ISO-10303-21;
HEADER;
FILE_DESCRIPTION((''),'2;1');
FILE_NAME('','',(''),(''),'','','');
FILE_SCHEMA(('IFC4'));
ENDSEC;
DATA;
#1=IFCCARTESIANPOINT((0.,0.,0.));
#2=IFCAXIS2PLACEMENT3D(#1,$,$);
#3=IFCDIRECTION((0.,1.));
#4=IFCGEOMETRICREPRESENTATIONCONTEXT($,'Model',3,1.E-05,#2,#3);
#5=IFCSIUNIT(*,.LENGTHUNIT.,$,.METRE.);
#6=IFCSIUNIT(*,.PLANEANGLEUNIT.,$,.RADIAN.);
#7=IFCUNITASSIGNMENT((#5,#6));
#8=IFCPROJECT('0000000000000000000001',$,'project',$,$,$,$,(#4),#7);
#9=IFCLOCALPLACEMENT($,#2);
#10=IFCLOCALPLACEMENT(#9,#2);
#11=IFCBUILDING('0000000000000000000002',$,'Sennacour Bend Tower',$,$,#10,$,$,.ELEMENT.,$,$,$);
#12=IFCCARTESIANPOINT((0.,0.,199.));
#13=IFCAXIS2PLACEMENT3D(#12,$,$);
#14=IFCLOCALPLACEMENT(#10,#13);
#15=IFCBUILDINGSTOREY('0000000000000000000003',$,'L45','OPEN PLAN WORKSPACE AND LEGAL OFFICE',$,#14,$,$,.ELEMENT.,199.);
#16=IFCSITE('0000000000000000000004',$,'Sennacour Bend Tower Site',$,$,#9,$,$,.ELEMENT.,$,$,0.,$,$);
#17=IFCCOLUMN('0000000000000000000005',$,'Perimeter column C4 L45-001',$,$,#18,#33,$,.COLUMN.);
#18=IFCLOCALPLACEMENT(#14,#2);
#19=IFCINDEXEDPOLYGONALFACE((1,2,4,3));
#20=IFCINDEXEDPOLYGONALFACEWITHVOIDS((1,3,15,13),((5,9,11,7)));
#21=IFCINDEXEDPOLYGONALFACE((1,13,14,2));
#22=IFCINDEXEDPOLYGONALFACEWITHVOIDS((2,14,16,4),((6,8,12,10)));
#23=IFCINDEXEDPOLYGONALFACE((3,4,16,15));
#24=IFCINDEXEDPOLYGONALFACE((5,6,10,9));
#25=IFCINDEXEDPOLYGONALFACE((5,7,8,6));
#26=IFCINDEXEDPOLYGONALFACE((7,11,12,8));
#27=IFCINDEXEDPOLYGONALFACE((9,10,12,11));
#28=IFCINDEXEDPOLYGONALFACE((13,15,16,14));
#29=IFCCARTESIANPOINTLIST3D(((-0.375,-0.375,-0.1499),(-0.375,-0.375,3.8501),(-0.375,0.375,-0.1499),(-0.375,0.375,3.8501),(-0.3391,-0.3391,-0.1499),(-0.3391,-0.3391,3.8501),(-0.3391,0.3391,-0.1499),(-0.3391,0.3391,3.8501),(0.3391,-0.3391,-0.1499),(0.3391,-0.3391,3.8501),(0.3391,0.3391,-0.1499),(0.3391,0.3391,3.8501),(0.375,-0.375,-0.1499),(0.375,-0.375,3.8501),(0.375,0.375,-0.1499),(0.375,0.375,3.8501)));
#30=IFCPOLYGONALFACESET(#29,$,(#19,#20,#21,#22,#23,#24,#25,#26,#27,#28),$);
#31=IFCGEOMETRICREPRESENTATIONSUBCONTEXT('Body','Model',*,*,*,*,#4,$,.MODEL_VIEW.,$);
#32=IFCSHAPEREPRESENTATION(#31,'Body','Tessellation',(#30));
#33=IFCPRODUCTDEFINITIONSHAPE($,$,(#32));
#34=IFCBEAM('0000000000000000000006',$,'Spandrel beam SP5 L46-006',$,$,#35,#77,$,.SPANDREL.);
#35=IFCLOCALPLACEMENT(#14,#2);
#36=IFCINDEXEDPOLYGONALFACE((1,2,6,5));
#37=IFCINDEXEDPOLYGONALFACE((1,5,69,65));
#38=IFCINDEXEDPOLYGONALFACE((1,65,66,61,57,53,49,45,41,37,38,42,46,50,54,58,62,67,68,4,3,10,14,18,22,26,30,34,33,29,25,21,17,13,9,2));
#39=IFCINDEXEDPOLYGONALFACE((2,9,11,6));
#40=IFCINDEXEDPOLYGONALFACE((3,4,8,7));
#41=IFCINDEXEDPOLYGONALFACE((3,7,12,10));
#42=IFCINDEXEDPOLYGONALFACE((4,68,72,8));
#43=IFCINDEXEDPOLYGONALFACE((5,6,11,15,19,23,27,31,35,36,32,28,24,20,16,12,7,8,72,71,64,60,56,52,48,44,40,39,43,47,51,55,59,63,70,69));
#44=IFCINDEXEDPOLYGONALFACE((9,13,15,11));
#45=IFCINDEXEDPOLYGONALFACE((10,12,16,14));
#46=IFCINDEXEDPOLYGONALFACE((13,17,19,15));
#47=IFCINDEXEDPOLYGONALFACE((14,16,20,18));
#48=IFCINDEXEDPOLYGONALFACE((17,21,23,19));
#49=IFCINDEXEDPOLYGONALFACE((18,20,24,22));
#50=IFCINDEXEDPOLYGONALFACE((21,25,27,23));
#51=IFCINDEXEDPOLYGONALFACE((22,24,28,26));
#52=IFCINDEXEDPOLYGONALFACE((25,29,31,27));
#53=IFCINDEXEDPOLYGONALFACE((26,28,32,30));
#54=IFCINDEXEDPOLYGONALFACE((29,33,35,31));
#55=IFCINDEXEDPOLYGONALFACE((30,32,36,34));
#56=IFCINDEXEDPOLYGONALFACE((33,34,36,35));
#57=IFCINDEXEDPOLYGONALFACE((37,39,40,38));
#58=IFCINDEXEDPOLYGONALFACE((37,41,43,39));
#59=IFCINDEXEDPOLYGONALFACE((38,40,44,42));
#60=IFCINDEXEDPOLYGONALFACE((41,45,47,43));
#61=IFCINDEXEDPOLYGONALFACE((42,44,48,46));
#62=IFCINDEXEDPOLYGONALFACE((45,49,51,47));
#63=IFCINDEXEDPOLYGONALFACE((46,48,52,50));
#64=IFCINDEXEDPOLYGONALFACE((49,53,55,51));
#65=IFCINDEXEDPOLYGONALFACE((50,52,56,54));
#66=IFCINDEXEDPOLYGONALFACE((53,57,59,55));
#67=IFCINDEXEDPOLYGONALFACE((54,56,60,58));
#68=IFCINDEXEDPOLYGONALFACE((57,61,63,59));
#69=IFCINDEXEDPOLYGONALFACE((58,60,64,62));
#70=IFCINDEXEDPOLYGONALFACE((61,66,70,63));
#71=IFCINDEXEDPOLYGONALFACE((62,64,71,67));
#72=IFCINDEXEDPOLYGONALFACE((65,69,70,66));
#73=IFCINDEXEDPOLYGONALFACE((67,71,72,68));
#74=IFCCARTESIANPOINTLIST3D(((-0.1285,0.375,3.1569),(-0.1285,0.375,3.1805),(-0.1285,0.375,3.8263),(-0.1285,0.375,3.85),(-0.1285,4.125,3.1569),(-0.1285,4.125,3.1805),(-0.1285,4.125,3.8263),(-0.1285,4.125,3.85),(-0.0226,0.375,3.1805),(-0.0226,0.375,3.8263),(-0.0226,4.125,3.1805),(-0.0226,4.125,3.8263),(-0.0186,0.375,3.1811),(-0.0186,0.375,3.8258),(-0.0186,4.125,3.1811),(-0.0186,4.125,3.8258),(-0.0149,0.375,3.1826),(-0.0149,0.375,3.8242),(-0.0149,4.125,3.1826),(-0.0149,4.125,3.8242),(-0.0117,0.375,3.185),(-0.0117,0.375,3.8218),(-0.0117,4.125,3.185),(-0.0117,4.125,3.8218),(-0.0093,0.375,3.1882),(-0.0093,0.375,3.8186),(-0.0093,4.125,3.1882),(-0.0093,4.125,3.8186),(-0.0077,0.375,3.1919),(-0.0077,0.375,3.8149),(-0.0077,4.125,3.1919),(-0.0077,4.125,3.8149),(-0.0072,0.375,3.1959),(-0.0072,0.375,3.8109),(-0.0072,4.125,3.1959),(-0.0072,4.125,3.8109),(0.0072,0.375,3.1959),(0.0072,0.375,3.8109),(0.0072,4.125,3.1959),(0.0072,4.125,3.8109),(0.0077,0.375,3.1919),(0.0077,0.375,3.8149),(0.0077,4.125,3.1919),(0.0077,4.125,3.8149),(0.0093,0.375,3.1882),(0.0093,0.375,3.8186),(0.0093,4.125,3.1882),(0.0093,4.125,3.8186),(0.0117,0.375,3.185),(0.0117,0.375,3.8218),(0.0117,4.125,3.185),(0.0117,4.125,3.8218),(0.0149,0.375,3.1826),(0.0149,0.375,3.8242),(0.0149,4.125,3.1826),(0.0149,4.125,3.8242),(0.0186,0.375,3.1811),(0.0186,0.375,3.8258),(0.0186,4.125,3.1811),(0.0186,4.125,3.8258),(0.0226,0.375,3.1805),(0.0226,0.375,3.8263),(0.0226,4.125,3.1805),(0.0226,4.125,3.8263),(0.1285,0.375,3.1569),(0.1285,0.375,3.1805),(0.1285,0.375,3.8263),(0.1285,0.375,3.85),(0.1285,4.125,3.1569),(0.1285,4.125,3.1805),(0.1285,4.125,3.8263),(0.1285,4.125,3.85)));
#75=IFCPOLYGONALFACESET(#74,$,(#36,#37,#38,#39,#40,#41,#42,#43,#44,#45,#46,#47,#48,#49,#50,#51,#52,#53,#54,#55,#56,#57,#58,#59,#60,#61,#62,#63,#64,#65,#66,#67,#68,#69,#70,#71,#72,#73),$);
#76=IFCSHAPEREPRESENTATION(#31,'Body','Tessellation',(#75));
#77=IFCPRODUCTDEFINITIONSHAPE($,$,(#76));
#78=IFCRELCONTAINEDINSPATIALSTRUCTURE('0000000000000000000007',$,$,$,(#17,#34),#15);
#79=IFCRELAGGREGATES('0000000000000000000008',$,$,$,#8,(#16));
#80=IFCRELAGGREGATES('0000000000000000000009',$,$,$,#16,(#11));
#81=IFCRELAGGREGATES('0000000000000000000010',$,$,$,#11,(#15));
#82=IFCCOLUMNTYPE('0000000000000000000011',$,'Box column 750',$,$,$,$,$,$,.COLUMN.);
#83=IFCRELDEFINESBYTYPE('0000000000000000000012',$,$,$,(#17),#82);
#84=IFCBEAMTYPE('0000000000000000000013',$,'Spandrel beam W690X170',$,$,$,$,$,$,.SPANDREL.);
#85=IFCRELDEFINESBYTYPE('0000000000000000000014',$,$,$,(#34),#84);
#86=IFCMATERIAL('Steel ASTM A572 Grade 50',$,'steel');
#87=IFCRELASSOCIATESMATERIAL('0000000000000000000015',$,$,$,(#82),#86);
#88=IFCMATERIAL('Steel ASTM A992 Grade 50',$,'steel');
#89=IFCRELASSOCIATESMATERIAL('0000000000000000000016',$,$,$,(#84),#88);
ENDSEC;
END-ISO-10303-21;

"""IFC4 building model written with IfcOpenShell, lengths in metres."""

from ifc_helpers import new_model, si_unit, direction, frame, origin, origin_2d, place, context, subcontext, project, spatial, hollow_rectangle, i_section, extrude, material, material_profile, profile_set, type_object, element, save


model = new_model("IFC4")

# Units and contexts
model_context = context("Model", 3, precision=1e-05, world=origin(), true_north=direction((0.0, 1.0)))
body_context = subcontext(model_context, "Body", "Model", "MODEL_VIEW")
ifc_project = project(units=[si_unit("LENGTHUNIT", "METRE"), si_unit("PLANEANGLEUNIT", "RADIAN")], contexts=[model_context])

# Site, building, storey
site_placement = place(None, origin())
site = spatial("IfcSite", under=ifc_project, at=site_placement, Name="Sennacour Bend Tower Site", CompositionType="ELEMENT", RefElevation=0.0)
building_placement = place(site_placement, origin())
building = spatial("IfcBuilding", under=site, at=building_placement, Name="Sennacour Bend Tower", CompositionType="ELEMENT")
storey_placement = place(building_placement, frame((0.0, 0.0, 199.0)))
storey = spatial("IfcBuildingStorey", under=building, at=storey_placement, Name="L45", Description="OPEN PLAN WORKSPACE AND LEGAL OFFICE", CompositionType="ELEMENT", Elevation=199.0)

# Column
ifc_material_1 = material(Name="Steel ASTM A572 Grade 50", Category="steel")
ifc_material_profile_1 = material_profile(ifc_material_1, hollow_rectangle(XDim=0.75, YDim=0.75, WallThickness=0.0359, at=origin_2d()), Name="Steel ASTM A572 Grade 50", Category="steel")
ifc_profile_set_1 = profile_set([ifc_material_profile_1], Name="Steel ASTM A572 Grade 50")
column_type = type_object("IfcColumnType", Name="Box column 750", PredefinedType="COLUMN", material=ifc_profile_set_1)
column_placement = place(storey_placement, frame((0.0, 0.0, -0.1499), z_axis=(0.0, 0.0, 1.0), x_axis=(1.0, 0.0, 0.0)))
element("IfcColumn", 1, at=column_placement, inside=storey, type_object=column_type, Name="Perimeter column C4 L45-001", PredefinedType="COLUMN", context=body_context, shape_type="SweptSolid", body=[
    extrude(hollow_rectangle(XDim=0.75, YDim=0.75, WallThickness=0.0359, at=origin_2d()), origin(), (0.0, 0.0, 1.0), 4.0),
])

# Beam
ifc_material_2 = material(Name="Steel ASTM A992 Grade 50", Category="steel")
ifc_material_profile_2 = material_profile(ifc_material_2, i_section(OverallWidth=0.2571, OverallDepth=0.6931, WebThickness=0.0144, FlangeThickness=0.0237, FilletRadius=0.0154, at=origin_2d()), Name="Steel ASTM A992 Grade 50", Category="steel")
ifc_profile_set_2 = profile_set([ifc_material_profile_2], Name="Steel ASTM A992 Grade 50")
beam_type = type_object("IfcBeamType", Name="Spandrel beam W690X170", PredefinedType="SPANDREL", material=ifc_profile_set_2)
beam_placement = place(storey_placement, frame((0.0, 0.375, 3.5034), z_axis=(0.0, 1.0, 0.0), x_axis=(-1.0, 0.0, 0.0)))
element("IfcBeam", 2, at=beam_placement, inside=storey, type_object=beam_type, Name="Spandrel beam SP5 L46-006", PredefinedType="SPANDREL", context=body_context, shape_type="SweptSolid", body=[
    extrude(i_section(OverallWidth=0.2571, OverallDepth=0.6931, WebThickness=0.0144, FlangeThickness=0.0237, FilletRadius=0.0154, at=origin_2d()), origin(), (0.0, 0.0, 1.0), 3.75),
])

save(model, "model.ifc")
